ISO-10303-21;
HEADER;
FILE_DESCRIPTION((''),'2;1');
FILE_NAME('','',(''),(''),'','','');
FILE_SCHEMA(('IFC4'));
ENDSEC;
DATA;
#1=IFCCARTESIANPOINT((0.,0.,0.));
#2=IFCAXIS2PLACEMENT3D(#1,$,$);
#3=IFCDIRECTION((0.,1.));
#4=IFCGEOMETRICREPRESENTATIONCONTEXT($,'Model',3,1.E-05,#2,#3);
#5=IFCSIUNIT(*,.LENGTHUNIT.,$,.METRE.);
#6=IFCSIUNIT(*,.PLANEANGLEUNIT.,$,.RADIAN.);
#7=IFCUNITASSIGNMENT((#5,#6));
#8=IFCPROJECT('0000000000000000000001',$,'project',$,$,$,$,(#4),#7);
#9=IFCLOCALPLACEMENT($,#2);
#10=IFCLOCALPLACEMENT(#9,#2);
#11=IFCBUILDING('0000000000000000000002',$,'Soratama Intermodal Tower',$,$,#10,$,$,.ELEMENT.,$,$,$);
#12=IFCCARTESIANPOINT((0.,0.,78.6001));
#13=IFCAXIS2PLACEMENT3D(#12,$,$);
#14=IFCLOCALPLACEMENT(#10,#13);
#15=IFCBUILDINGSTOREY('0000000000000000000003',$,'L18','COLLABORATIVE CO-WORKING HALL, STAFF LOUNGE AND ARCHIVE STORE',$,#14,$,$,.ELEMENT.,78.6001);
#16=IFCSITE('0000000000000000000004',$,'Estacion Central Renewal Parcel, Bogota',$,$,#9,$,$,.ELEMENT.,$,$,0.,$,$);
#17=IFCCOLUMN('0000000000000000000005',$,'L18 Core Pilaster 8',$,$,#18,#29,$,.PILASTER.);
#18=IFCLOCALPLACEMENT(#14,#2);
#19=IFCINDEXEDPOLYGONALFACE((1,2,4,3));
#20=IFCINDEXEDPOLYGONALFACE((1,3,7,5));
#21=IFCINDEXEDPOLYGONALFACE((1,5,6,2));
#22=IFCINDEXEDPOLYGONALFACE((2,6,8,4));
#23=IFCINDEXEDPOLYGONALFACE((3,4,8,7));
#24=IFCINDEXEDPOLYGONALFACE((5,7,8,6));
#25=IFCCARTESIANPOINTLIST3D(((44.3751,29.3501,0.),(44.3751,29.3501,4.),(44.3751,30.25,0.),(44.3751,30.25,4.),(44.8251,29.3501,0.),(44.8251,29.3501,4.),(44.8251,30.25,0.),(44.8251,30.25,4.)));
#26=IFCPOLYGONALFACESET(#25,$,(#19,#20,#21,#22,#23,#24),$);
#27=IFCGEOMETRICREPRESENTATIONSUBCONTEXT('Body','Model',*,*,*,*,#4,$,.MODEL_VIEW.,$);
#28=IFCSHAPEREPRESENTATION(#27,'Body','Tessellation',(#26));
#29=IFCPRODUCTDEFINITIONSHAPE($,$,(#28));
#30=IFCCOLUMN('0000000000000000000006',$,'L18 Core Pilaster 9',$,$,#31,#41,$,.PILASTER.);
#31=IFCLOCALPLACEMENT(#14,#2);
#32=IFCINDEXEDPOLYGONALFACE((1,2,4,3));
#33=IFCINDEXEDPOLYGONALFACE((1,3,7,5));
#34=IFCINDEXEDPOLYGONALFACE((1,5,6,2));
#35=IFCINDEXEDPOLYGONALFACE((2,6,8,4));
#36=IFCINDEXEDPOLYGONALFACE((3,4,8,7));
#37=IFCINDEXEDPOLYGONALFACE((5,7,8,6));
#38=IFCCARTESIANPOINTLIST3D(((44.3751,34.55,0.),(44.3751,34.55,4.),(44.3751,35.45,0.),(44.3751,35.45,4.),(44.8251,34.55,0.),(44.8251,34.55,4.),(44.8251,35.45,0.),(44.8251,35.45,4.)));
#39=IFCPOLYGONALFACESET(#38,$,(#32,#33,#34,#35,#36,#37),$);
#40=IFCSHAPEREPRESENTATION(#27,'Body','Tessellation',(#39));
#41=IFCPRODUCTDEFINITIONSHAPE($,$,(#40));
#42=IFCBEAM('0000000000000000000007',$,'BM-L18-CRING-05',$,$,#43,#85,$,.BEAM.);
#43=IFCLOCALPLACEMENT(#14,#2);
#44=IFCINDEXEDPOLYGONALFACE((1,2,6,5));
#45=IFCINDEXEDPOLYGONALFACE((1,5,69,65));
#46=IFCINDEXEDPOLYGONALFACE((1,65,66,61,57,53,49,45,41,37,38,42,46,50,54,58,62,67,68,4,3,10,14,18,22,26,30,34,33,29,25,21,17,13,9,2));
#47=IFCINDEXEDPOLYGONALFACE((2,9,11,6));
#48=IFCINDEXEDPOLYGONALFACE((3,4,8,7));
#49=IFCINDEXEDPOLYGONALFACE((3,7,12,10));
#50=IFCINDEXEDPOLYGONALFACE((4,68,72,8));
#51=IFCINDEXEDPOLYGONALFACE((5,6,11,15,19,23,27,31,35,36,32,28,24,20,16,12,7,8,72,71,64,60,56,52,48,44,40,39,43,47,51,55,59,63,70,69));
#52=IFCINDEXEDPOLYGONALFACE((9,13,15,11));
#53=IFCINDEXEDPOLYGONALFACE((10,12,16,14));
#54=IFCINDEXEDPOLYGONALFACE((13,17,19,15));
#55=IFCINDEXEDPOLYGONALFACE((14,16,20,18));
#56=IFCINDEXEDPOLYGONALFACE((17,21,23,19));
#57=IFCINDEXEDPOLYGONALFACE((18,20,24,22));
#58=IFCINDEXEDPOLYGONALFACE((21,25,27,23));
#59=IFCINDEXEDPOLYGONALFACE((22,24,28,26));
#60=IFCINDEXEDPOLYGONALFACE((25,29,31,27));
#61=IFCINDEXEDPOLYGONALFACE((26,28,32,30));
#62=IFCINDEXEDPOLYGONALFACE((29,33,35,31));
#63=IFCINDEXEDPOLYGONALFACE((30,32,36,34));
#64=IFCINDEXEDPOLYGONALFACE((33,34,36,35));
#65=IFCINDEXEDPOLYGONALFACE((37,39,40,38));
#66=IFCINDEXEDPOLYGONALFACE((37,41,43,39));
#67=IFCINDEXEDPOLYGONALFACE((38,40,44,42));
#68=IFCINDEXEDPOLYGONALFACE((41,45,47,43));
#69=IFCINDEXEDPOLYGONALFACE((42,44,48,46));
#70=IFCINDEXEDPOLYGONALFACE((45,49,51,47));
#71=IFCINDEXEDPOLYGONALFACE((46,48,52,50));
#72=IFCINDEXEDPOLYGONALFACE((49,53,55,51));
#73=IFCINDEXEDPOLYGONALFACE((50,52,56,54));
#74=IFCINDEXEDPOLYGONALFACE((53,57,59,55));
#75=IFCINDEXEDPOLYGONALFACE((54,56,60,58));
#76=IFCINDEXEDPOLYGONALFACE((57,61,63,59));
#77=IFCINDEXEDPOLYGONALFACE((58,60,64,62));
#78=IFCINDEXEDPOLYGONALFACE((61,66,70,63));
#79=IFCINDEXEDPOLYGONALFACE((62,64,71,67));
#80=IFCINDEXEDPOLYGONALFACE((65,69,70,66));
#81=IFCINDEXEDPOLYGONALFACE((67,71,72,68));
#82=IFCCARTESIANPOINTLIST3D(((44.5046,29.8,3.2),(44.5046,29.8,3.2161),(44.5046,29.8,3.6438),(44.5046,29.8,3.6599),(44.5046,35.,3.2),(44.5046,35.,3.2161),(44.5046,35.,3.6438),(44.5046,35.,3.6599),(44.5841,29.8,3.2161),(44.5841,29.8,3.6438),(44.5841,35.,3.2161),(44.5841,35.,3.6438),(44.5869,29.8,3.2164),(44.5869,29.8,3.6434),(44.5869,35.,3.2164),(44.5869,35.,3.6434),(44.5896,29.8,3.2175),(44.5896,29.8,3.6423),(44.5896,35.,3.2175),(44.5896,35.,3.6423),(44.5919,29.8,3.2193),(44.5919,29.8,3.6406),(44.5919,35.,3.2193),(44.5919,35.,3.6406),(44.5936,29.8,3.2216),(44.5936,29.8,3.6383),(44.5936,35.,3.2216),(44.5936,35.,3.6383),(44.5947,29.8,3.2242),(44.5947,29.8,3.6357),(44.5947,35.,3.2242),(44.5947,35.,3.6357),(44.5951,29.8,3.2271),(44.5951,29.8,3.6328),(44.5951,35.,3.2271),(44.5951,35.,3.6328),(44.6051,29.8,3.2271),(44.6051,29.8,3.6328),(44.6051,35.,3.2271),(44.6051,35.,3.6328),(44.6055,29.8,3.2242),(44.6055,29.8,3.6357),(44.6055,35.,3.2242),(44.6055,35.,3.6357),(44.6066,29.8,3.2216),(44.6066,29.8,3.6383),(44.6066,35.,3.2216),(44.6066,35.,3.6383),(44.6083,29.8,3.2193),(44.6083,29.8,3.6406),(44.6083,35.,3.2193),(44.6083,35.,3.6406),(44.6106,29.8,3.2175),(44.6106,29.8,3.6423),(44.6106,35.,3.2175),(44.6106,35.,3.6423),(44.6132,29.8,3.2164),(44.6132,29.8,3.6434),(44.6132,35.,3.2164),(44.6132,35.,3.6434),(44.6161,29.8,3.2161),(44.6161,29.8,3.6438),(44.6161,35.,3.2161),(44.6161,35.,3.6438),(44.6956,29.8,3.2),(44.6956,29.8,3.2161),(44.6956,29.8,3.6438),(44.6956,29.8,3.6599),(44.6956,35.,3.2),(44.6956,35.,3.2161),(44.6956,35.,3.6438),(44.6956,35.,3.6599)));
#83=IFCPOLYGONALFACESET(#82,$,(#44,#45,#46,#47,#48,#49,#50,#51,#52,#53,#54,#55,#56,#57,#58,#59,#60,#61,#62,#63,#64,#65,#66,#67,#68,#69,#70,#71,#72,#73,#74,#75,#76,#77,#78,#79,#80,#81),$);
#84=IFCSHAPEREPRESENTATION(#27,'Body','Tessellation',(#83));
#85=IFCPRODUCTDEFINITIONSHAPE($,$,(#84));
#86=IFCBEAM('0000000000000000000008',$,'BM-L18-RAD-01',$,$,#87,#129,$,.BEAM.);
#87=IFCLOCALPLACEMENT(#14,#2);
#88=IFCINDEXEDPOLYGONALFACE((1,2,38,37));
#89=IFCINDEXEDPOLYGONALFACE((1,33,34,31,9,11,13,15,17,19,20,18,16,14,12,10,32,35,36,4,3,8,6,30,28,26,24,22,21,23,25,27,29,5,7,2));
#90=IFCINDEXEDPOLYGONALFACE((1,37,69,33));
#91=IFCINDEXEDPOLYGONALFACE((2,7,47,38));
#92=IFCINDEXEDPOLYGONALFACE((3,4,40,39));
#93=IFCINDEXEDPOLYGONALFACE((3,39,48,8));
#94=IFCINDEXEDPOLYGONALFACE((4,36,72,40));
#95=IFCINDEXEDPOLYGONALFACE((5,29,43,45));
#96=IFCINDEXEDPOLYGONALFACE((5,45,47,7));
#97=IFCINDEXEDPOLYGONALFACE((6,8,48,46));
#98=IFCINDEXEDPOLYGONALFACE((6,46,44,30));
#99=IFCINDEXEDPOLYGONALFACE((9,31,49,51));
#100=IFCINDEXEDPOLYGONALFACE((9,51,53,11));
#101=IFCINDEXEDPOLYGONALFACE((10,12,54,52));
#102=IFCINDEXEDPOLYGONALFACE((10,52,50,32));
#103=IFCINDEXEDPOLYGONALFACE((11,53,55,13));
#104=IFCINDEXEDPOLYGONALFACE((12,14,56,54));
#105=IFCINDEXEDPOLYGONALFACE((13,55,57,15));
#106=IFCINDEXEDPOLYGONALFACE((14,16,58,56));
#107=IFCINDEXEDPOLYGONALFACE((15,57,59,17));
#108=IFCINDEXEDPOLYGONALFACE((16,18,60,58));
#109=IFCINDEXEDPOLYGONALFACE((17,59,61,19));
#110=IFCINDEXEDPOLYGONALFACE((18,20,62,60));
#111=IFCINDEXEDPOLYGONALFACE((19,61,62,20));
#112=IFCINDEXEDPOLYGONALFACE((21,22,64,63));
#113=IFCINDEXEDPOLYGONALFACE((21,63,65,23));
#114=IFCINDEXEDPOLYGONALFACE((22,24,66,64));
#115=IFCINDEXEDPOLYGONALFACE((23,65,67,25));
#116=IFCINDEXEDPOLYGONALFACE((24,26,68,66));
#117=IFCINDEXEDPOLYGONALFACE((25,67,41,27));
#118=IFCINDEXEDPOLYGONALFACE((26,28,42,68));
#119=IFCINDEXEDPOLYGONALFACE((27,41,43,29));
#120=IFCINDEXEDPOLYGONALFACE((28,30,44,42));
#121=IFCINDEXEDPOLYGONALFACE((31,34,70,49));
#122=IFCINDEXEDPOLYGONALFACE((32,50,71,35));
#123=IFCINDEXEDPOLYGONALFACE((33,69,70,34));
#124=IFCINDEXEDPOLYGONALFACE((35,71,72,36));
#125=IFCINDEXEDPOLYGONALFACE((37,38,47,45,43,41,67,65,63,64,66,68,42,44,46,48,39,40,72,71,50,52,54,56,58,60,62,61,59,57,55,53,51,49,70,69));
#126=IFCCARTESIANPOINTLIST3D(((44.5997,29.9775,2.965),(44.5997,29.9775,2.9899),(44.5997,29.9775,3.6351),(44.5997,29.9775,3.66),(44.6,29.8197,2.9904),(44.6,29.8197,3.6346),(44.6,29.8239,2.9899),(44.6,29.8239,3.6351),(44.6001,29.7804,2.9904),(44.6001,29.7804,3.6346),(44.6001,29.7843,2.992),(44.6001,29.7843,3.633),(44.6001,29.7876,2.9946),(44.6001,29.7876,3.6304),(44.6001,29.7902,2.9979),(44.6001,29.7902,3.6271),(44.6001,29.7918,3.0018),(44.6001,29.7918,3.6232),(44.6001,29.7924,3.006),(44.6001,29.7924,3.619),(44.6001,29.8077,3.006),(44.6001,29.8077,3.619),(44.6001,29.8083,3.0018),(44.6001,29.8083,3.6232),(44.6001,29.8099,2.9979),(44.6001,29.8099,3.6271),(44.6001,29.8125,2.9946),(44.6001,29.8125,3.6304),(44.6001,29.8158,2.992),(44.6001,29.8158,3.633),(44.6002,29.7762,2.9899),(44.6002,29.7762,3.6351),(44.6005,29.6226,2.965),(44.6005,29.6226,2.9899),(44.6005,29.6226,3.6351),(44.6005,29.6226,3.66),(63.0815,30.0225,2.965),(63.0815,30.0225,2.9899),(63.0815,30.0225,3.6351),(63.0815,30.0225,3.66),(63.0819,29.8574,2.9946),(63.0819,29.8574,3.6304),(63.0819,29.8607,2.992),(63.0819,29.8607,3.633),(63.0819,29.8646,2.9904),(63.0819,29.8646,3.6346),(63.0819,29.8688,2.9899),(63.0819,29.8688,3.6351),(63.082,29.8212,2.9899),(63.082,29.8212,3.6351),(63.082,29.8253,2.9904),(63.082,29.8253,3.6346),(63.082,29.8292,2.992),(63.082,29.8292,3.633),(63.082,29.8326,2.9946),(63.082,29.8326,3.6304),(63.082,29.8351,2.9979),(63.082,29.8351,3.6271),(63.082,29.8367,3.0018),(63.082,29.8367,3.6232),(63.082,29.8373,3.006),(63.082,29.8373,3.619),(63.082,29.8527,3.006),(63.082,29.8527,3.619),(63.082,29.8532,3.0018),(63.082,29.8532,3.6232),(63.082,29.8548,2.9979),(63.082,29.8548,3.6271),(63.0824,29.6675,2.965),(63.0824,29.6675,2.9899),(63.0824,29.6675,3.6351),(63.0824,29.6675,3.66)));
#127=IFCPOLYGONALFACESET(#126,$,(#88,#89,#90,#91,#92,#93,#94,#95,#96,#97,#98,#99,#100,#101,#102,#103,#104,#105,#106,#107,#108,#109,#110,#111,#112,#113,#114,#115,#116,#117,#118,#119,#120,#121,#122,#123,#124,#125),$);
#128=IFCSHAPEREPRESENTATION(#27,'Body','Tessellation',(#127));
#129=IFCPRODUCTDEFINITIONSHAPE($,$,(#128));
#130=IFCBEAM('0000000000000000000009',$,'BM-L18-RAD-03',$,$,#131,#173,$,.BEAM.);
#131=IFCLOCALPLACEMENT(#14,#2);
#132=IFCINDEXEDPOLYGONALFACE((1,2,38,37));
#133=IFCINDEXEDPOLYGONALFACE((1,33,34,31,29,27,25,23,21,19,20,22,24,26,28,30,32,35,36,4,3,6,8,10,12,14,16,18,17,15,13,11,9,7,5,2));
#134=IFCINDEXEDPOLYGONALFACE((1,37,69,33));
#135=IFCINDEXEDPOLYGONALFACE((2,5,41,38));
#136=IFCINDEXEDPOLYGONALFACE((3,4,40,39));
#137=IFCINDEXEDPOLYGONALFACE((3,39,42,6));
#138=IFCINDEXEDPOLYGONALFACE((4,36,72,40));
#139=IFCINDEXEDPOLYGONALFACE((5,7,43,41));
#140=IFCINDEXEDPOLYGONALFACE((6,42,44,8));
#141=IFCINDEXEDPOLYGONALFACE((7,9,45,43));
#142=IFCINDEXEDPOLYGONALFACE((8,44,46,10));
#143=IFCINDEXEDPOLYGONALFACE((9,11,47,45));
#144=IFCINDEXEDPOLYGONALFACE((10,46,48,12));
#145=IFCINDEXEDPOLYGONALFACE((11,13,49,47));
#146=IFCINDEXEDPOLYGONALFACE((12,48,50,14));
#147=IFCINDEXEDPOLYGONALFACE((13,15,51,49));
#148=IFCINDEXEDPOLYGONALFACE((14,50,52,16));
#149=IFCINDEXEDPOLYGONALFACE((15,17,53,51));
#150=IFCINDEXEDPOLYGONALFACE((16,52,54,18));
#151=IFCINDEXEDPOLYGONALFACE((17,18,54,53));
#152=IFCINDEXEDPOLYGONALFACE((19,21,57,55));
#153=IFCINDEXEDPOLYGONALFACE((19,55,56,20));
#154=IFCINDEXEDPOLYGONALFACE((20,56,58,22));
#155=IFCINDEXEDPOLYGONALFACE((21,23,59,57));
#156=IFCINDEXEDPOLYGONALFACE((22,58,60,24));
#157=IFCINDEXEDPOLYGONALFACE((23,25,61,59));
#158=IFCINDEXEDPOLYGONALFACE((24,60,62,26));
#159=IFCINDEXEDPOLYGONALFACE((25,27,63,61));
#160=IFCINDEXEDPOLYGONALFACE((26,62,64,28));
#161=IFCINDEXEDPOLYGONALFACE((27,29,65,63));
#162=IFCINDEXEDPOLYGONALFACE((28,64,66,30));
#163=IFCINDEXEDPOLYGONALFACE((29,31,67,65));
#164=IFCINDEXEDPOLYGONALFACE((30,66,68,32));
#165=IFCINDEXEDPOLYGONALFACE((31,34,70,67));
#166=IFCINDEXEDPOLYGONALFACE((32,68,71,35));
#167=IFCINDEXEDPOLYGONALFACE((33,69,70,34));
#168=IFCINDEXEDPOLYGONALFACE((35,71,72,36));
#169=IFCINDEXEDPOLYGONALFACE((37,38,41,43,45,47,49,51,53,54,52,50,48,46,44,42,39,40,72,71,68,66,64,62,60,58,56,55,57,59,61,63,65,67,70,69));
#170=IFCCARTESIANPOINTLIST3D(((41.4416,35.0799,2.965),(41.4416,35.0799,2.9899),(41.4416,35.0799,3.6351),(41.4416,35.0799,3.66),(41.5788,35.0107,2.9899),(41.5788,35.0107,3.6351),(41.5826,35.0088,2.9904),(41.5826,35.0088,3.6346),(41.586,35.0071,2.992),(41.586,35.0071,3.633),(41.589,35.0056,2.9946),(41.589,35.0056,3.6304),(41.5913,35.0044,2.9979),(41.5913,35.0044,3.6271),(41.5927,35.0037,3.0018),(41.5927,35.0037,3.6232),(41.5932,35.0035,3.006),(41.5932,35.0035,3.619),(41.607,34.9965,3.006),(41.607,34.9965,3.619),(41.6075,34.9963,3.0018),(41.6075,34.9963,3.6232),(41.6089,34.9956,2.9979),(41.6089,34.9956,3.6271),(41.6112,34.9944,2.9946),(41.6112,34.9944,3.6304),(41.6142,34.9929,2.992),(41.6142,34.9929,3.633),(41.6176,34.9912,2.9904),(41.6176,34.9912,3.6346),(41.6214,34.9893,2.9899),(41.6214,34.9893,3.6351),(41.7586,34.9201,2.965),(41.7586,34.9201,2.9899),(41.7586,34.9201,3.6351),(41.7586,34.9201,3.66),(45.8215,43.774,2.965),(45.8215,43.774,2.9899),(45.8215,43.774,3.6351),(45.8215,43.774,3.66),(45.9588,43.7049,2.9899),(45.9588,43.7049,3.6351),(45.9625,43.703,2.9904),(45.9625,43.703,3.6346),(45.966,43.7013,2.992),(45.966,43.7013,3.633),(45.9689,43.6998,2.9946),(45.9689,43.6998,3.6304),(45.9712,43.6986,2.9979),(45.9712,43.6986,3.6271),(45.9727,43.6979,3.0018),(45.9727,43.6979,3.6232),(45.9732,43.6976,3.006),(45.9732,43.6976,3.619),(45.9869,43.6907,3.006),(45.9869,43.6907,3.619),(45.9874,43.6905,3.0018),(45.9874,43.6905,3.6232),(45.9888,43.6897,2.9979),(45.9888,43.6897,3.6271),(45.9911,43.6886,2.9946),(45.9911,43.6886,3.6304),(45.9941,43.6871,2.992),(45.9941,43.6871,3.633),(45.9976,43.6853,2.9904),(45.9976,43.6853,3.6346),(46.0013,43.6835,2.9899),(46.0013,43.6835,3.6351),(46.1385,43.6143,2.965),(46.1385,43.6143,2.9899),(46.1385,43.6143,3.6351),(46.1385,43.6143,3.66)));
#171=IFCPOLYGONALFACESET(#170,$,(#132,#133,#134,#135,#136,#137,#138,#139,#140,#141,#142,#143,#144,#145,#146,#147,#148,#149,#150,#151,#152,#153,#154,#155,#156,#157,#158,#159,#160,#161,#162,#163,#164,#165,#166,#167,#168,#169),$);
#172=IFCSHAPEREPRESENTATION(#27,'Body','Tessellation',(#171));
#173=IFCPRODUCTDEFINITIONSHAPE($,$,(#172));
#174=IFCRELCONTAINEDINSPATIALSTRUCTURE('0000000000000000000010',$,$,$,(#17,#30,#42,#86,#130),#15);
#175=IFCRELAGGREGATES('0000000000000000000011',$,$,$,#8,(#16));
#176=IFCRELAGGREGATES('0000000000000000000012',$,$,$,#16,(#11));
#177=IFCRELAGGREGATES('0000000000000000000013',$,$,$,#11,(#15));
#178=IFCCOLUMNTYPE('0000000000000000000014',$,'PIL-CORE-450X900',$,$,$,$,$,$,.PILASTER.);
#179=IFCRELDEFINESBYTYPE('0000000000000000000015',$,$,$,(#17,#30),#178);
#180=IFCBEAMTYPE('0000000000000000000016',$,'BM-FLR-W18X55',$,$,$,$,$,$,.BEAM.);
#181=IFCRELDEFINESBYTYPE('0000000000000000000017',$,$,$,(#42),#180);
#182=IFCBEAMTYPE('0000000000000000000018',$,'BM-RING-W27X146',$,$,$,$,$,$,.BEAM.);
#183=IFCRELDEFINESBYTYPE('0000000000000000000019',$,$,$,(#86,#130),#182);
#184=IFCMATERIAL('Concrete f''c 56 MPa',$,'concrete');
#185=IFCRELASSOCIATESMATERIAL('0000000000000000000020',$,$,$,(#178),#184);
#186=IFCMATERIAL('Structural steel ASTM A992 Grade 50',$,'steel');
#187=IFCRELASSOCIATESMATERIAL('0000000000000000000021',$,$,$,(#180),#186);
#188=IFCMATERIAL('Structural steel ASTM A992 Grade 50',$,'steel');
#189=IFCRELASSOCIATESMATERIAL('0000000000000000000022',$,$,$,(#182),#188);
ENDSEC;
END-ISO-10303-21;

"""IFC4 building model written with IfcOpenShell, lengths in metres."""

from ifc_helpers import new_model, si_unit, direction, frame, origin, origin_2d, place, context, subcontext, project, spatial, rectangle, i_section, extrude, material, material_profile, profile_set, type_object, element, save


model = new_model("IFC4")

# Units and contexts
model_context = context("Model", 3, precision=1e-05, world=origin(), true_north=direction((0.0, 1.0)))
body_context = subcontext(model_context, "Body", "Model", "MODEL_VIEW")
ifc_project = project(units=[si_unit("LENGTHUNIT", "METRE"), si_unit("PLANEANGLEUNIT", "RADIAN")], contexts=[model_context])

# Site, building, storey
site_placement = place(None, origin())
site = spatial("IfcSite", under=ifc_project, at=site_placement, Name="Estacion Central Renewal Parcel, Bogota", CompositionType="ELEMENT", RefElevation=0.0)
building_placement = place(site_placement, origin())
building = spatial("IfcBuilding", under=site, at=building_placement, Name="Soratama Intermodal Tower", CompositionType="ELEMENT")
storey_placement = place(building_placement, frame((0.0, 0.0, 78.6001)))
storey = spatial("IfcBuildingStorey", under=building, at=storey_placement, Name="L18", Description="COLLABORATIVE CO-WORKING HALL, STAFF LOUNGE AND ARCHIVE STORE", CompositionType="ELEMENT", Elevation=78.6001)

# Columns
ifc_material_1 = material(Name="Concrete f'c 56 MPa", Category="concrete")
ifc_material_profile_1 = material_profile(ifc_material_1, rectangle(XDim=0.45, YDim=0.8999, at=origin_2d()), Name="RC450X900")
ifc_profile_set_1 = profile_set([ifc_material_profile_1], Name="Concrete f'c 56 MPa")
column_type = type_object("IfcColumnType", Name="PIL-CORE-450X900", PredefinedType="PILASTER", material=ifc_profile_set_1)
for number, where, z_axis, x_axis, name in (
    (1, (44.6001, 29.8, 0.0), (0.0, 0.0, 1.0), (1.0, 0.0, 0.0), "L18 Core Pilaster 8"),
    (2, (44.6001, 35.0, 0.0), (0.0, 0.0, 1.0), (1.0, 0.0, 0.0), "L18 Core Pilaster 9"),
):
    element("IfcColumn", number, at=place(storey_placement, frame(where, z_axis=z_axis, x_axis=x_axis)), inside=storey, type_object=column_type, Name=name, PredefinedType="PILASTER", context=body_context, shape_type="SweptSolid", body=[
        extrude(rectangle(XDim=0.45, YDim=0.8999, at=origin_2d()), origin(), (0.0, 0.0, 1.0), 4.0),
    ])

# Beams
ifc_material_2 = material(Name="Structural steel ASTM A992 Grade 50", Category="steel")
ifc_material_profile_2 = material_profile(ifc_material_2, i_section(OverallWidth=0.1909, OverallDepth=0.46, WebThickness=0.01, FlangeThickness=0.0161, FilletRadius=0.011, at=origin_2d()), Name="W18X55")
ifc_profile_set_2 = profile_set([ifc_material_profile_2], Name="Structural steel ASTM A992 Grade 50")
beam_type_1 = type_object("IfcBeamType", Name="BM-FLR-W18X55", PredefinedType="BEAM", material=ifc_profile_set_2)
beam_1_placement = place(storey_placement, frame((44.6001, 29.8, 3.4299), z_axis=(0.0, 1.0, 0.0), x_axis=(-1.0, 0.0, 0.0)))
element("IfcBeam", 3, at=beam_1_placement, inside=storey, type_object=beam_type_1, Name="BM-L18-CRING-05", PredefinedType="BEAM", context=body_context, shape_type="SweptSolid", body=[
    extrude(i_section(OverallWidth=0.1909, OverallDepth=0.46, WebThickness=0.01, FlangeThickness=0.0161, FilletRadius=0.011, at=origin_2d()), origin(), (0.0, 0.0, 1.0), 5.2),
])
ifc_material_3 = material(Name="Structural steel ASTM A992 Grade 50", Category="steel")
ifc_material_profile_3 = material_profile(ifc_material_3, i_section(OverallWidth=0.355, OverallDepth=0.6951, WebThickness=0.0154, FlangeThickness=0.0249, FilletRadius=0.0161, at=origin_2d()), Name="W27X146")
ifc_profile_set_3 = profile_set([ifc_material_profile_3], Name="Structural steel ASTM A992 Grade 50")
beam_type_2 = type_object("IfcBeamType", Name="BM-RING-W27X146", PredefinedType="BEAM", material=ifc_profile_set_3)
beam_2_placement = place(storey_placement, frame((44.6001, 29.8, 3.3125), z_axis=(0.999997, 0.002431, 0.0), x_axis=(-0.002431, 0.999997, 0.0)))
element("IfcBeam", 4, at=beam_2_placement, inside=storey, type_object=beam_type_2, Name="BM-L18-RAD-01", PredefinedType="BEAM", context=body_context, shape_type="SweptSolid", body=[
    extrude(i_section(OverallWidth=0.355, OverallDepth=0.6951, WebThickness=0.0154, FlangeThickness=0.0249, FilletRadius=0.0161, at=origin_2d()), origin(), (0.0, 0.0, 1.0), 18.4819),
])
beam_3_placement = place(storey_placement, frame((41.6001, 35.0, 3.3125), z_axis=(0.44991, 0.893074, 0.0), x_axis=(-0.893074, 0.44991, 0.0)))
element("IfcBeam", 5, at=beam_3_placement, inside=storey, type_object=beam_type_2, Name="BM-L18-RAD-03", PredefinedType="BEAM", context=body_context, shape_type="SweptSolid", body=[
    extrude(i_section(OverallWidth=0.355, OverallDepth=0.6951, WebThickness=0.0154, FlangeThickness=0.0249, FilletRadius=0.0161, at=origin_2d()), origin(), (0.0, 0.0, 1.0), 9.7351),
])

save(model, "model.ifc")
